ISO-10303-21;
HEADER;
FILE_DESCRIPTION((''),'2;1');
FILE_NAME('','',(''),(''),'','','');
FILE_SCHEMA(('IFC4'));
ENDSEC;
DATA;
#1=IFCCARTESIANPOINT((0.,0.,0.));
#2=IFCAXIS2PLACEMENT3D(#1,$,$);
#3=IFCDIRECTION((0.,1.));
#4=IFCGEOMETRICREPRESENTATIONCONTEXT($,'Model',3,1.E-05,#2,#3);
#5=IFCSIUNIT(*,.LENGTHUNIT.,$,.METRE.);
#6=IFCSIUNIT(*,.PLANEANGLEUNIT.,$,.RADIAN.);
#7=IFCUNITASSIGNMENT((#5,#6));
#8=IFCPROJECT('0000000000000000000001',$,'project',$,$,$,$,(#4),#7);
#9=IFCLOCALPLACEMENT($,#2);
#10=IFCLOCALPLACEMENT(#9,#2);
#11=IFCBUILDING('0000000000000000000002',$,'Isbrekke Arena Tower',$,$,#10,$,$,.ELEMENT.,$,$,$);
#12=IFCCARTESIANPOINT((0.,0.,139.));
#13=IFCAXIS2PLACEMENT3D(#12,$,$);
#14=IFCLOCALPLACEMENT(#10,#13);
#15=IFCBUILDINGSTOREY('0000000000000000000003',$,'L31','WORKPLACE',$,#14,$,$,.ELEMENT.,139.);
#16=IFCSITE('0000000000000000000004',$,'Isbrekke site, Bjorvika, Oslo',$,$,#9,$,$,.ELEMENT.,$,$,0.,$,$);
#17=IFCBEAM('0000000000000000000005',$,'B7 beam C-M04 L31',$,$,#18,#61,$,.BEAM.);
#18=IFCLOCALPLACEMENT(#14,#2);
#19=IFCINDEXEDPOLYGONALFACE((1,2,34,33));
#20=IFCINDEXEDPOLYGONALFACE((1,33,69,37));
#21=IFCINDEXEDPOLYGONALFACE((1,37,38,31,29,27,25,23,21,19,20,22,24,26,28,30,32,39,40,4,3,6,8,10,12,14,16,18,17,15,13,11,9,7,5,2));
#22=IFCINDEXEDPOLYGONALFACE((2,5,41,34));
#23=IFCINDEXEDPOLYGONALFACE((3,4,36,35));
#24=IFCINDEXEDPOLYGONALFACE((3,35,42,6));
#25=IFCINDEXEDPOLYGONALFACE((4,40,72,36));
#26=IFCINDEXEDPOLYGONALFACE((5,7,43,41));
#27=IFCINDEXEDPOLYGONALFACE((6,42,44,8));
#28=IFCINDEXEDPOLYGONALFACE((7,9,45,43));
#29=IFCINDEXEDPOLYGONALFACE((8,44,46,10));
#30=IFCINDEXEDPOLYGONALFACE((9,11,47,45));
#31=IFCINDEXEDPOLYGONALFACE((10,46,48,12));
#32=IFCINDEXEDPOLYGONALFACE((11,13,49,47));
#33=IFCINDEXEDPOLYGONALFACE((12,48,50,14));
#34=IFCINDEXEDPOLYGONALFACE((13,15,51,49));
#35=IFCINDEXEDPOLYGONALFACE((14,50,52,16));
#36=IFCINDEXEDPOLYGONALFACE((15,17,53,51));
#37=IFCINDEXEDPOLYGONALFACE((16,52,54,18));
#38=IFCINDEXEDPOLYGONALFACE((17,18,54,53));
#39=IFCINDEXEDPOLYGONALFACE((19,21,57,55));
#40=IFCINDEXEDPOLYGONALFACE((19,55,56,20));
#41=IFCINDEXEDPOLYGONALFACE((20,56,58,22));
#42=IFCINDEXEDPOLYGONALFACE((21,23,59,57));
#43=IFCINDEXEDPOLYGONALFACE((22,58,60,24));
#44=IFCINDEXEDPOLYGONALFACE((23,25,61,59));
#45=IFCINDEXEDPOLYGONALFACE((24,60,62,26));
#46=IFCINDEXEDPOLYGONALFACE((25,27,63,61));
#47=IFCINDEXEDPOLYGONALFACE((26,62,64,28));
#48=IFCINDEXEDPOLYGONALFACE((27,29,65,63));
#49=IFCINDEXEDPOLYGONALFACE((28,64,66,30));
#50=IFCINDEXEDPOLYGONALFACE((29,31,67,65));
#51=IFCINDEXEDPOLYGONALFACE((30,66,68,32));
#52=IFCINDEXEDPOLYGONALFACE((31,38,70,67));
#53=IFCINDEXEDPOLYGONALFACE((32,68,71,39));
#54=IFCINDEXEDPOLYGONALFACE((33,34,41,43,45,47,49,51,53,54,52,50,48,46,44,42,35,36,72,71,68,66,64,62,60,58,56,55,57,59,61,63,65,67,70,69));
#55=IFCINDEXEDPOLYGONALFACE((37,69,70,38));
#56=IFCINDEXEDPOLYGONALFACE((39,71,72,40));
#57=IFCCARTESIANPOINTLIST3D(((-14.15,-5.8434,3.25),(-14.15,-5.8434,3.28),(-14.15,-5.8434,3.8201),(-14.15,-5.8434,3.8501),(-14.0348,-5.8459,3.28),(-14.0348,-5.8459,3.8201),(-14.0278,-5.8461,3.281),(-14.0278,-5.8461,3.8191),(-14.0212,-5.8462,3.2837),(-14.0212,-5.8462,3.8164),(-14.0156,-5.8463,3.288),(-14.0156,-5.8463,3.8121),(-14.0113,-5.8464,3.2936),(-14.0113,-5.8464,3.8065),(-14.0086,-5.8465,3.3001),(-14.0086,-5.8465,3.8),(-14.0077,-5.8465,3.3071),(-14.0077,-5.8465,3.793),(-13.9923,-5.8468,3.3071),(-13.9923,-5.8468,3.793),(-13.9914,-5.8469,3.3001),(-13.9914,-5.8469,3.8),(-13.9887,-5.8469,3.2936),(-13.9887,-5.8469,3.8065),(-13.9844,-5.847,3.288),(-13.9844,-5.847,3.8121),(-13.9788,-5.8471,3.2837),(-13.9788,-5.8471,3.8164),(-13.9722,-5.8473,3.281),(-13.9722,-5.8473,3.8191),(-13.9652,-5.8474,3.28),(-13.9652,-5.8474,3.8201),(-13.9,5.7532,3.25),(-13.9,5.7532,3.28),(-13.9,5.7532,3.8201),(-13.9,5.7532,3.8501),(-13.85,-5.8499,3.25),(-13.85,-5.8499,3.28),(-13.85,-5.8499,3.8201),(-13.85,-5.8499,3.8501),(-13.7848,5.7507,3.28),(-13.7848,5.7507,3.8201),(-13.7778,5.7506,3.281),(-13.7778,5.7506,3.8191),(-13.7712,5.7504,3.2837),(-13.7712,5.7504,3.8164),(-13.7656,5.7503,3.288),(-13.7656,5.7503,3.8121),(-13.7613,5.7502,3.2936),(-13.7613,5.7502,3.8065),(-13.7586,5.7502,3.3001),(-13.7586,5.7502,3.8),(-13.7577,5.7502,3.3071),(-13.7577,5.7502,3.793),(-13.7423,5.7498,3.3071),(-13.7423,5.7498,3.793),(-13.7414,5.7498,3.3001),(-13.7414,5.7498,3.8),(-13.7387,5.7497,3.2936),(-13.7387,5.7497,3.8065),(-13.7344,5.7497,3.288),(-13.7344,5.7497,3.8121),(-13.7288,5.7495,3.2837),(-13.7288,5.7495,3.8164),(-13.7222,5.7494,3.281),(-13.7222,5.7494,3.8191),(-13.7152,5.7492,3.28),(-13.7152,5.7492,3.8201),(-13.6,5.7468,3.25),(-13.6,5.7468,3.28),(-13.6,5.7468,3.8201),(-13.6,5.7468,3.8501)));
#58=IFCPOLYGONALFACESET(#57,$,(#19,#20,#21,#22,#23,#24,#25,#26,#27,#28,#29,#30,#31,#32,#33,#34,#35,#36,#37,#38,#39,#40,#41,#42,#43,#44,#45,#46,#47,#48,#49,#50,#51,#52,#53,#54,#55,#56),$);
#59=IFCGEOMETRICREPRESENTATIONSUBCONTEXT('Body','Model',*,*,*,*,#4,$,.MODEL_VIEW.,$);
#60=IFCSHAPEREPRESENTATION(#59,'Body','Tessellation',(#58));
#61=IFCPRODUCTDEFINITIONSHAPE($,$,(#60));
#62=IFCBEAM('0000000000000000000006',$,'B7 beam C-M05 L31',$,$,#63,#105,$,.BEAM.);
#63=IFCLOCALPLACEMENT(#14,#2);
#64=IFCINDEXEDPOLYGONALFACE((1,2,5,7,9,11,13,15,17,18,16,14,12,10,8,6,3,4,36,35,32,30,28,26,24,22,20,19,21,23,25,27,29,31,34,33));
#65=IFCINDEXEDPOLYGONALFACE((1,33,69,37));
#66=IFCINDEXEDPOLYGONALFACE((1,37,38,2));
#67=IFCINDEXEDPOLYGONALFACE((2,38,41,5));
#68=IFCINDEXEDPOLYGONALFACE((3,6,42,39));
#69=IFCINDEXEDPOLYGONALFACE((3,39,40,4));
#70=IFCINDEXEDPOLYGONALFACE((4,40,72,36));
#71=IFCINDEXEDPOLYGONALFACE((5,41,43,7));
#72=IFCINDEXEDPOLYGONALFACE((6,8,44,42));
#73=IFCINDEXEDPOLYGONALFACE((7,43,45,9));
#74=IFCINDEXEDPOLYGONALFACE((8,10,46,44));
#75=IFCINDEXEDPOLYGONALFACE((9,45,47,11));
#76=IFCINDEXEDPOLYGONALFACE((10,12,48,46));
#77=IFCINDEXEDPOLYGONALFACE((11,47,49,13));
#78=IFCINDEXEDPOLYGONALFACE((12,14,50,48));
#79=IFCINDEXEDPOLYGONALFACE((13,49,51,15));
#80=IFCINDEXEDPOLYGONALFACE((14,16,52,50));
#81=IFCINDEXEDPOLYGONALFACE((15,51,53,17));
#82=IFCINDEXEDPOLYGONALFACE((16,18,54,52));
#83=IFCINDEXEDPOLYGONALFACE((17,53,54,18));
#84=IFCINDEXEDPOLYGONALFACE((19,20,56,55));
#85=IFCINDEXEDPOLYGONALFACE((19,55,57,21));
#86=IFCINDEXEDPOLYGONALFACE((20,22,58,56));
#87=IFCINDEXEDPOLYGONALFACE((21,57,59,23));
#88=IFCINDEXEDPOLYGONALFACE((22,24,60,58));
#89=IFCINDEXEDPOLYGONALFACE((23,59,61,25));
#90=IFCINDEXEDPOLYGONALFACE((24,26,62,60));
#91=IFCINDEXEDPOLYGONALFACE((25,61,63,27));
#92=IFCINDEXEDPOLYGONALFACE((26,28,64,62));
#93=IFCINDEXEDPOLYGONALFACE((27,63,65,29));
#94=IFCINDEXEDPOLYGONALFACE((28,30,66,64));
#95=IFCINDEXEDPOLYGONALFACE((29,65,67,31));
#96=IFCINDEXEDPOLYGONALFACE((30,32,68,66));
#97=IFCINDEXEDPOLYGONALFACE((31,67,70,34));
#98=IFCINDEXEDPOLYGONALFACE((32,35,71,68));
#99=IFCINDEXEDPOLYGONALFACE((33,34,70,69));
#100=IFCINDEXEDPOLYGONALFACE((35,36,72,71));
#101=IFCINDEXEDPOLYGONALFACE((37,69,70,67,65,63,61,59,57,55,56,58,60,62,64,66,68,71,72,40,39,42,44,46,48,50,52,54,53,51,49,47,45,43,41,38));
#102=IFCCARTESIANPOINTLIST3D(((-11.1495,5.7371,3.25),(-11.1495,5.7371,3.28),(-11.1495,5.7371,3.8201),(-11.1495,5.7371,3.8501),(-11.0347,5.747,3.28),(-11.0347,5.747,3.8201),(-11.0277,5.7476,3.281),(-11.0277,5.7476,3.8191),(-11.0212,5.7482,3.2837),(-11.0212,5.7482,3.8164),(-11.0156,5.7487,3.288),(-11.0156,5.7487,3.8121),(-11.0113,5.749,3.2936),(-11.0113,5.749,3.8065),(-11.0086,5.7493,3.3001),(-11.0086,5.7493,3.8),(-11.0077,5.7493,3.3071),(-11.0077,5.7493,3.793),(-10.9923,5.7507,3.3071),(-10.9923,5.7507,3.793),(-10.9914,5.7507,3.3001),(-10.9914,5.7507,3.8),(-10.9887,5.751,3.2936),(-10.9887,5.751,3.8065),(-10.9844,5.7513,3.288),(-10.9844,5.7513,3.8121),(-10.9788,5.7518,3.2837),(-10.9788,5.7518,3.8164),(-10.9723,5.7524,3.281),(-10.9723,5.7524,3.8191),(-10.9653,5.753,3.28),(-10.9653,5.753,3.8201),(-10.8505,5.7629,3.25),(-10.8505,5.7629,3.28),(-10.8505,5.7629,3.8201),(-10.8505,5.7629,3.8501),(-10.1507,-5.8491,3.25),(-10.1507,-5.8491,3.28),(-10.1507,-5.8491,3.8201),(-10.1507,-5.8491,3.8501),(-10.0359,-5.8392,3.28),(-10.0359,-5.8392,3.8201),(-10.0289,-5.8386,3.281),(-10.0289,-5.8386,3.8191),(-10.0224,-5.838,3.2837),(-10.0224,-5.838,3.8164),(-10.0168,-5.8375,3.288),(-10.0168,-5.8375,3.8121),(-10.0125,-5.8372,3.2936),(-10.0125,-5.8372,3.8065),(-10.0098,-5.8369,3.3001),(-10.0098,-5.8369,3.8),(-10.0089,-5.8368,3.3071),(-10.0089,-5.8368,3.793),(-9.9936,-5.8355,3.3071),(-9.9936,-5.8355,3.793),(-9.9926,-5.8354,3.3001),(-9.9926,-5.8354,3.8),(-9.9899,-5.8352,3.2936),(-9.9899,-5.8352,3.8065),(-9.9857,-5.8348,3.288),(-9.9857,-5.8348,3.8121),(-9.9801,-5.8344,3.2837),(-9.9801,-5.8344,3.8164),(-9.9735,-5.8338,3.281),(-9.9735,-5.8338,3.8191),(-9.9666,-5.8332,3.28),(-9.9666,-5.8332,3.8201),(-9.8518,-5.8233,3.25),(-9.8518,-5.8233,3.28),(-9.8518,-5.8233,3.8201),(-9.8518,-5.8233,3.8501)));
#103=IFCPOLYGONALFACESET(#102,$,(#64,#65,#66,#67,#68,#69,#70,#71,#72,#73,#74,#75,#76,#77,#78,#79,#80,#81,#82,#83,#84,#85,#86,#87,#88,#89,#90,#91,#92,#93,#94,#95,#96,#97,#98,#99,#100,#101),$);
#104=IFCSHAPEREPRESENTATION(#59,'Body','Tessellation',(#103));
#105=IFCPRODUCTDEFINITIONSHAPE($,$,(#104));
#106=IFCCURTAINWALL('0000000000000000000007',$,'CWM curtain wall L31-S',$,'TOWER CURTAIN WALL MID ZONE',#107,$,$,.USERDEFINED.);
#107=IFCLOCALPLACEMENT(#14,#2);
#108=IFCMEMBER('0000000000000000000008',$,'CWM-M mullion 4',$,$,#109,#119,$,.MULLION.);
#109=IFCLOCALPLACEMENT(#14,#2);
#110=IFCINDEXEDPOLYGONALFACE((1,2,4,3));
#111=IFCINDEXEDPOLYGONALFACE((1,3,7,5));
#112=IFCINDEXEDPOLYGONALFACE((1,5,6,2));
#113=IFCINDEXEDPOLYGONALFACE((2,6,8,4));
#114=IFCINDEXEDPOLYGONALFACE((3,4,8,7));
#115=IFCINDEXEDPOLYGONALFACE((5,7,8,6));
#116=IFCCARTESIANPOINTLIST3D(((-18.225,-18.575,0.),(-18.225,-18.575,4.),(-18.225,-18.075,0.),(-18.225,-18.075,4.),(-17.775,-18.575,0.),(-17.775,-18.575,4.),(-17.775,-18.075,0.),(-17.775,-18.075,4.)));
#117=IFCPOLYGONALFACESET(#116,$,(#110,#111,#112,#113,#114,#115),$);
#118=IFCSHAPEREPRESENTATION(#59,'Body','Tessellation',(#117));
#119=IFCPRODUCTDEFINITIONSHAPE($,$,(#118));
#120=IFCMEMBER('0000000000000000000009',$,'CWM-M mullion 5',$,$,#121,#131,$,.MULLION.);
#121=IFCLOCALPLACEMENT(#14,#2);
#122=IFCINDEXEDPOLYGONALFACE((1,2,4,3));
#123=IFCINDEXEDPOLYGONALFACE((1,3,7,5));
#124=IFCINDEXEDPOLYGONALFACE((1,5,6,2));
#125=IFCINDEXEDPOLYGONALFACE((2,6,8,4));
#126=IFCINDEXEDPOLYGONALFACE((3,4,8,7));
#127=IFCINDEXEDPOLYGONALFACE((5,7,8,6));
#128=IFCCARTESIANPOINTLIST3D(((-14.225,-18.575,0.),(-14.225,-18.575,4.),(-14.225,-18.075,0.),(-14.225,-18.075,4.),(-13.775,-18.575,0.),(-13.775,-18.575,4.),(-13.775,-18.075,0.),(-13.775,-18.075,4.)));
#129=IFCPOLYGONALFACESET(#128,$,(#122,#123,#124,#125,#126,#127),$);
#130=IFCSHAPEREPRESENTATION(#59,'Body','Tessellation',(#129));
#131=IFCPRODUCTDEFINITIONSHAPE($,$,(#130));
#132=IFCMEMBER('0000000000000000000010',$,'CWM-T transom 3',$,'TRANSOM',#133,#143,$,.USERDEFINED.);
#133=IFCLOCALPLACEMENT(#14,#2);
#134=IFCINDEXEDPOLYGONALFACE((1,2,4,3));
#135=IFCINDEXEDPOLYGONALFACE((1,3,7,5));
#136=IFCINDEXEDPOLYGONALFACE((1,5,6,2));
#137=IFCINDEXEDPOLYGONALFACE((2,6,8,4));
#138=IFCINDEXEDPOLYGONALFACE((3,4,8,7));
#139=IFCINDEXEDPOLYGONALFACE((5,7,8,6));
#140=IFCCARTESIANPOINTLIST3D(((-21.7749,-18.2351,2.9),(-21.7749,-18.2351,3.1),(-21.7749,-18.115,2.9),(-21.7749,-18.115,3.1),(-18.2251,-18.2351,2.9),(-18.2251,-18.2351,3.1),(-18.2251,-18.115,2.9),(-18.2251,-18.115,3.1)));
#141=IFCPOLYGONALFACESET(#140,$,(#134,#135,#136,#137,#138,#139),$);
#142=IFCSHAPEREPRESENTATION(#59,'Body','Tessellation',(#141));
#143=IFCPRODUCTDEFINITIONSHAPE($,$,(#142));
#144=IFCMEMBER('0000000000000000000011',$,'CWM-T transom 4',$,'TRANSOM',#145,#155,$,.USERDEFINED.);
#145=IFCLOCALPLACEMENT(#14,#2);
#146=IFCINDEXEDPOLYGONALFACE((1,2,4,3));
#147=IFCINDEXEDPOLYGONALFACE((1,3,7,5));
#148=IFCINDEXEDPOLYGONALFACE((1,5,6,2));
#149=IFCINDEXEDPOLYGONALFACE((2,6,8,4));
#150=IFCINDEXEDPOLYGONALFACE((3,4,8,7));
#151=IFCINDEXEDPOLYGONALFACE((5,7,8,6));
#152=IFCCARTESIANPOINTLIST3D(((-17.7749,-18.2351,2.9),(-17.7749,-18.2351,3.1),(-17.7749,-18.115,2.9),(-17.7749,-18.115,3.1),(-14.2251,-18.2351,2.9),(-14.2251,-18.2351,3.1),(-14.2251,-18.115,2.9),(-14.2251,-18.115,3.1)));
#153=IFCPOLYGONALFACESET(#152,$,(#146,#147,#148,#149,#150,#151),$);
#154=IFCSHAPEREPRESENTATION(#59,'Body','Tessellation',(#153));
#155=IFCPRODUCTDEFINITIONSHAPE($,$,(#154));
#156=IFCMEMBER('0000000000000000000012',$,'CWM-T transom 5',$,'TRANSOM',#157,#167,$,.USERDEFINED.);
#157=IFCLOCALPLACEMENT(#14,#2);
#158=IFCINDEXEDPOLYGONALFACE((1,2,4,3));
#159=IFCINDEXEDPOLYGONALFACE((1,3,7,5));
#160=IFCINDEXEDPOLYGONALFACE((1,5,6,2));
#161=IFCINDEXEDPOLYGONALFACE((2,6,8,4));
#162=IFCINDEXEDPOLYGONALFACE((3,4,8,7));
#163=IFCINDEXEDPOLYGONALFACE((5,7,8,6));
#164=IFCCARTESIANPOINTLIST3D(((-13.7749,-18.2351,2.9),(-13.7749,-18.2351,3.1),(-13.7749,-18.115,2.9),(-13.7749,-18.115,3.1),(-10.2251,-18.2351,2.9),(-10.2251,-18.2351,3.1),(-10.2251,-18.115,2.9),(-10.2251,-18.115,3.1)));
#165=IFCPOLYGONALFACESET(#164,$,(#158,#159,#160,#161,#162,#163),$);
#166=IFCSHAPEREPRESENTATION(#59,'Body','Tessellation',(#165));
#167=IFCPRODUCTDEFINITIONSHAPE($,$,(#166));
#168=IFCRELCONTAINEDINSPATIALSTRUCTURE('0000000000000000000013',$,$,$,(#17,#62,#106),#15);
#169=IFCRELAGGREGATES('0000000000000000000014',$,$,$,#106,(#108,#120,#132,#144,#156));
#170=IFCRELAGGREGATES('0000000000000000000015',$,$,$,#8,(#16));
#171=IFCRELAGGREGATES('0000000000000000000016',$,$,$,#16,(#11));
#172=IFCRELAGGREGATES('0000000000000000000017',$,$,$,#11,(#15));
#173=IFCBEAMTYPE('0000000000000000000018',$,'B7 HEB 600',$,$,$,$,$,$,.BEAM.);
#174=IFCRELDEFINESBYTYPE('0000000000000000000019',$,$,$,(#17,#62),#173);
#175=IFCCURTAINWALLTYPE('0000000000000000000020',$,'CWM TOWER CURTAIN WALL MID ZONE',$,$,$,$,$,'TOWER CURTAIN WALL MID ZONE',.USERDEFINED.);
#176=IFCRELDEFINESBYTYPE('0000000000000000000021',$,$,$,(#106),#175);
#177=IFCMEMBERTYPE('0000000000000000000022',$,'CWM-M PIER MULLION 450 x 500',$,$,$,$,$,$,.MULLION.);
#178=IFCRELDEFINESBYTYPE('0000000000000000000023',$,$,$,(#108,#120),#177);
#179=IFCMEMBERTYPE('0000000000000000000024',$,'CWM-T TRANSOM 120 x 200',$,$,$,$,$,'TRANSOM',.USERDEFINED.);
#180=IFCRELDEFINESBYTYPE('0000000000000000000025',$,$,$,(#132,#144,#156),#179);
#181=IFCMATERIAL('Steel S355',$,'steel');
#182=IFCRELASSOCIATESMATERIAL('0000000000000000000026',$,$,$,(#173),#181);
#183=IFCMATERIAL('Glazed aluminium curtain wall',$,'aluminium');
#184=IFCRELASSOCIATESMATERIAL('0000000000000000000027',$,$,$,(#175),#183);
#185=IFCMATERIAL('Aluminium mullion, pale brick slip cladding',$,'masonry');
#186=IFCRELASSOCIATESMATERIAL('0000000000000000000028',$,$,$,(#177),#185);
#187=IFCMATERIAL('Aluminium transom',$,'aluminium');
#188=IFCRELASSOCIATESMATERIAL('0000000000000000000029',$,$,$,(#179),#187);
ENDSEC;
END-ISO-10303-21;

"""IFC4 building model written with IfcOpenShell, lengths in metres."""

from ifc_helpers import new_model, si_unit, direction, frame, origin, origin_2d, place, context, subcontext, project, spatial, rectangle, i_section, extrude, material, material_profile, profile_set, type_object, element, aggregate, save


model = new_model("IFC4")

# Units and contexts
model_context = context("Model", 3, precision=1e-05, world=origin(), true_north=direction((0.0, 1.0)))
body_context = subcontext(model_context, "Body", "Model", "MODEL_VIEW")
ifc_project = project(units=[si_unit("LENGTHUNIT", "METRE"), si_unit("PLANEANGLEUNIT", "RADIAN")], contexts=[model_context])

# Site, building, storey
site_placement = place(None, origin())
site = spatial("IfcSite", under=ifc_project, at=site_placement, Name="Isbrekke site, Bjorvika, Oslo", CompositionType="ELEMENT", RefElevation=0.0)
building_placement = place(site_placement, origin())
building = spatial("IfcBuilding", under=site, at=building_placement, Name="Isbrekke Arena Tower", CompositionType="ELEMENT")
storey_placement = place(building_placement, frame((0.0, 0.0, 139.0)))
storey = spatial("IfcBuildingStorey", under=building, at=storey_placement, Name="L31", Description="WORKPLACE", CompositionType="ELEMENT", Elevation=139.0)

# Beams
ifc_material_1 = material(Name="Steel S355", Category="steel")
ifc_material_profile_1 = material_profile(ifc_material_1, i_section(OverallWidth=0.3, OverallDepth=0.6001, WebThickness=0.0154, FlangeThickness=0.03, FilletRadius=0.0271, at=origin_2d()), Name="HEB 600")
ifc_profile_set_1 = profile_set([ifc_material_profile_1], Name="Steel S355")
beam_type_1 = type_object("IfcBeamType", Name="B7 HEB 600", PredefinedType="BEAM", material=ifc_profile_set_1)
beam_1_placement = place(storey_placement, frame((-14.0, -5.8467, 3.55), z_axis=(0.021553, 0.999768, 0.0), x_axis=(-0.999768, 0.021553, 0.0)))
element("IfcBeam", 1, at=beam_1_placement, inside=storey, type_object=beam_type_1, Name="B7 beam C-M04 L31", PredefinedType="BEAM", context=body_context, shape_type="SweptSolid", body=[
    extrude(i_section(OverallWidth=0.3, OverallDepth=0.6001, WebThickness=0.0154, FlangeThickness=0.03, FilletRadius=0.0271, at=origin_2d()), origin(), (0.0, 0.0, 1.0), 11.5994),
])
beam_2_placement = place(storey_placement, frame((-10.0012, -5.8362, 3.55), z_axis=(-0.085886, 0.996305, 0.0), x_axis=(-0.996305, -0.085886, 0.0)))
element("IfcBeam", 2, at=beam_2_placement, inside=storey, type_object=beam_type_1, Name="B7 beam C-M05 L31", PredefinedType="BEAM", context=body_context, shape_type="SweptSolid", body=[
    extrude(i_section(OverallWidth=0.3, OverallDepth=0.6001, WebThickness=0.0154, FlangeThickness=0.03, FilletRadius=0.0271, at=origin_2d()), origin(), (0.0, 0.0, 1.0), 11.6292),
])

# Curtain wall, members
ifc_material_2 = material(Name="Glazed aluminium curtain wall", Category="aluminium")
curtain_wall_type = type_object("IfcCurtainWallType", Name="CWM TOWER CURTAIN WALL MID ZONE", ElementType="TOWER CURTAIN WALL MID ZONE", PredefinedType="USERDEFINED", material=ifc_material_2)
curtain_wall_placement = place(storey_placement, origin())
curtain_wall = element("IfcCurtainWall", 3, at=curtain_wall_placement, inside=storey, type_object=curtain_wall_type, Name="CWM curtain wall L31-S", ObjectType="TOWER CURTAIN WALL MID ZONE", PredefinedType="USERDEFINED")
ifc_material_3 = material(Name="Aluminium mullion, pale brick slip cladding", Category="masonry")
ifc_material_profile_2 = material_profile(ifc_material_3, rectangle(XDim=0.45, YDim=0.5, at=origin_2d()), Name="PIER 450X500")
ifc_profile_set_2 = profile_set([ifc_material_profile_2], Name="Aluminium mullion, pale brick slip cladding")
member_type_1 = type_object("IfcMemberType", Name="CWM-M PIER MULLION 450 x 500", PredefinedType="MULLION", material=ifc_profile_set_2)
member_1_placement = place(storey_placement, frame((-18.0, -18.325, 0.0), z_axis=(0.0, 0.0, 1.0), x_axis=(1.0, 0.0, 0.0)))
member_1 = element("IfcMember", 4, at=member_1_placement, type_object=member_type_1, Name="CWM-M mullion 4", PredefinedType="MULLION", context=body_context, shape_type="SweptSolid", body=[
    extrude(rectangle(XDim=0.45, YDim=0.5, at=origin_2d()), origin(), (0.0, 0.0, 1.0), 4.0),
])
member_2_placement = place(storey_placement, frame((-14.0, -18.325, 0.0), z_axis=(0.0, 0.0, 1.0), x_axis=(1.0, 0.0, 0.0)))
member_2 = element("IfcMember", 5, at=member_2_placement, type_object=member_type_1, Name="CWM-M mullion 5", PredefinedType="MULLION", context=body_context, shape_type="SweptSolid", body=[
    extrude(rectangle(XDim=0.45, YDim=0.5, at=origin_2d()), origin(), (0.0, 0.0, 1.0), 4.0),
])
ifc_material_4 = material(Name="Aluminium transom", Category="aluminium")
ifc_material_profile_3 = material_profile(ifc_material_4, rectangle(XDim=0.1201, YDim=0.2, at=origin_2d()), Name="TRANSOM 120X200")
ifc_profile_set_3 = profile_set([ifc_material_profile_3], Name="Aluminium transom")
member_type_2 = type_object("IfcMemberType", Name="CWM-T TRANSOM 120 x 200", ElementType="TRANSOM", PredefinedType="USERDEFINED", material=ifc_profile_set_3)
member_3_placement = place(storey_placement, frame((-21.7749, -18.175, 3.0), z_axis=(1.0, 0.0, 0.0), x_axis=(0.0, 1.0, 0.0)))
member_3 = element("IfcMember", 6, at=member_3_placement, type_object=member_type_2, Name="CWM-T transom 3", ObjectType="TRANSOM", PredefinedType="USERDEFINED", context=body_context, shape_type="SweptSolid", body=[
    extrude(rectangle(XDim=0.1201, YDim=0.2, at=origin_2d()), origin(), (0.0, 0.0, 1.0), 3.5498),
])
member_4_placement = place(storey_placement, frame((-17.7749, -18.175, 3.0), z_axis=(1.0, 0.0, 0.0), x_axis=(0.0, 1.0, 0.0)))
member_4 = element("IfcMember", 7, at=member_4_placement, type_object=member_type_2, Name="CWM-T transom 4", ObjectType="TRANSOM", PredefinedType="USERDEFINED", context=body_context, shape_type="SweptSolid", body=[
    extrude(rectangle(XDim=0.1201, YDim=0.2, at=origin_2d()), origin(), (0.0, 0.0, 1.0), 3.5498),
])
member_5_placement = place(storey_placement, frame((-13.7749, -18.175, 3.0), z_axis=(1.0, 0.0, 0.0), x_axis=(0.0, 1.0, 0.0)))
member_5 = element("IfcMember", 8, at=member_5_placement, type_object=member_type_2, Name="CWM-T transom 5", ObjectType="TRANSOM", PredefinedType="USERDEFINED", context=body_context, shape_type="SweptSolid", body=[
    extrude(rectangle(XDim=0.1201, YDim=0.2, at=origin_2d()), origin(), (0.0, 0.0, 1.0), 3.5498),
])

aggregate(curtain_wall, [member_1, member_2, member_3, member_4, member_5])

save(model, "model.ifc")
